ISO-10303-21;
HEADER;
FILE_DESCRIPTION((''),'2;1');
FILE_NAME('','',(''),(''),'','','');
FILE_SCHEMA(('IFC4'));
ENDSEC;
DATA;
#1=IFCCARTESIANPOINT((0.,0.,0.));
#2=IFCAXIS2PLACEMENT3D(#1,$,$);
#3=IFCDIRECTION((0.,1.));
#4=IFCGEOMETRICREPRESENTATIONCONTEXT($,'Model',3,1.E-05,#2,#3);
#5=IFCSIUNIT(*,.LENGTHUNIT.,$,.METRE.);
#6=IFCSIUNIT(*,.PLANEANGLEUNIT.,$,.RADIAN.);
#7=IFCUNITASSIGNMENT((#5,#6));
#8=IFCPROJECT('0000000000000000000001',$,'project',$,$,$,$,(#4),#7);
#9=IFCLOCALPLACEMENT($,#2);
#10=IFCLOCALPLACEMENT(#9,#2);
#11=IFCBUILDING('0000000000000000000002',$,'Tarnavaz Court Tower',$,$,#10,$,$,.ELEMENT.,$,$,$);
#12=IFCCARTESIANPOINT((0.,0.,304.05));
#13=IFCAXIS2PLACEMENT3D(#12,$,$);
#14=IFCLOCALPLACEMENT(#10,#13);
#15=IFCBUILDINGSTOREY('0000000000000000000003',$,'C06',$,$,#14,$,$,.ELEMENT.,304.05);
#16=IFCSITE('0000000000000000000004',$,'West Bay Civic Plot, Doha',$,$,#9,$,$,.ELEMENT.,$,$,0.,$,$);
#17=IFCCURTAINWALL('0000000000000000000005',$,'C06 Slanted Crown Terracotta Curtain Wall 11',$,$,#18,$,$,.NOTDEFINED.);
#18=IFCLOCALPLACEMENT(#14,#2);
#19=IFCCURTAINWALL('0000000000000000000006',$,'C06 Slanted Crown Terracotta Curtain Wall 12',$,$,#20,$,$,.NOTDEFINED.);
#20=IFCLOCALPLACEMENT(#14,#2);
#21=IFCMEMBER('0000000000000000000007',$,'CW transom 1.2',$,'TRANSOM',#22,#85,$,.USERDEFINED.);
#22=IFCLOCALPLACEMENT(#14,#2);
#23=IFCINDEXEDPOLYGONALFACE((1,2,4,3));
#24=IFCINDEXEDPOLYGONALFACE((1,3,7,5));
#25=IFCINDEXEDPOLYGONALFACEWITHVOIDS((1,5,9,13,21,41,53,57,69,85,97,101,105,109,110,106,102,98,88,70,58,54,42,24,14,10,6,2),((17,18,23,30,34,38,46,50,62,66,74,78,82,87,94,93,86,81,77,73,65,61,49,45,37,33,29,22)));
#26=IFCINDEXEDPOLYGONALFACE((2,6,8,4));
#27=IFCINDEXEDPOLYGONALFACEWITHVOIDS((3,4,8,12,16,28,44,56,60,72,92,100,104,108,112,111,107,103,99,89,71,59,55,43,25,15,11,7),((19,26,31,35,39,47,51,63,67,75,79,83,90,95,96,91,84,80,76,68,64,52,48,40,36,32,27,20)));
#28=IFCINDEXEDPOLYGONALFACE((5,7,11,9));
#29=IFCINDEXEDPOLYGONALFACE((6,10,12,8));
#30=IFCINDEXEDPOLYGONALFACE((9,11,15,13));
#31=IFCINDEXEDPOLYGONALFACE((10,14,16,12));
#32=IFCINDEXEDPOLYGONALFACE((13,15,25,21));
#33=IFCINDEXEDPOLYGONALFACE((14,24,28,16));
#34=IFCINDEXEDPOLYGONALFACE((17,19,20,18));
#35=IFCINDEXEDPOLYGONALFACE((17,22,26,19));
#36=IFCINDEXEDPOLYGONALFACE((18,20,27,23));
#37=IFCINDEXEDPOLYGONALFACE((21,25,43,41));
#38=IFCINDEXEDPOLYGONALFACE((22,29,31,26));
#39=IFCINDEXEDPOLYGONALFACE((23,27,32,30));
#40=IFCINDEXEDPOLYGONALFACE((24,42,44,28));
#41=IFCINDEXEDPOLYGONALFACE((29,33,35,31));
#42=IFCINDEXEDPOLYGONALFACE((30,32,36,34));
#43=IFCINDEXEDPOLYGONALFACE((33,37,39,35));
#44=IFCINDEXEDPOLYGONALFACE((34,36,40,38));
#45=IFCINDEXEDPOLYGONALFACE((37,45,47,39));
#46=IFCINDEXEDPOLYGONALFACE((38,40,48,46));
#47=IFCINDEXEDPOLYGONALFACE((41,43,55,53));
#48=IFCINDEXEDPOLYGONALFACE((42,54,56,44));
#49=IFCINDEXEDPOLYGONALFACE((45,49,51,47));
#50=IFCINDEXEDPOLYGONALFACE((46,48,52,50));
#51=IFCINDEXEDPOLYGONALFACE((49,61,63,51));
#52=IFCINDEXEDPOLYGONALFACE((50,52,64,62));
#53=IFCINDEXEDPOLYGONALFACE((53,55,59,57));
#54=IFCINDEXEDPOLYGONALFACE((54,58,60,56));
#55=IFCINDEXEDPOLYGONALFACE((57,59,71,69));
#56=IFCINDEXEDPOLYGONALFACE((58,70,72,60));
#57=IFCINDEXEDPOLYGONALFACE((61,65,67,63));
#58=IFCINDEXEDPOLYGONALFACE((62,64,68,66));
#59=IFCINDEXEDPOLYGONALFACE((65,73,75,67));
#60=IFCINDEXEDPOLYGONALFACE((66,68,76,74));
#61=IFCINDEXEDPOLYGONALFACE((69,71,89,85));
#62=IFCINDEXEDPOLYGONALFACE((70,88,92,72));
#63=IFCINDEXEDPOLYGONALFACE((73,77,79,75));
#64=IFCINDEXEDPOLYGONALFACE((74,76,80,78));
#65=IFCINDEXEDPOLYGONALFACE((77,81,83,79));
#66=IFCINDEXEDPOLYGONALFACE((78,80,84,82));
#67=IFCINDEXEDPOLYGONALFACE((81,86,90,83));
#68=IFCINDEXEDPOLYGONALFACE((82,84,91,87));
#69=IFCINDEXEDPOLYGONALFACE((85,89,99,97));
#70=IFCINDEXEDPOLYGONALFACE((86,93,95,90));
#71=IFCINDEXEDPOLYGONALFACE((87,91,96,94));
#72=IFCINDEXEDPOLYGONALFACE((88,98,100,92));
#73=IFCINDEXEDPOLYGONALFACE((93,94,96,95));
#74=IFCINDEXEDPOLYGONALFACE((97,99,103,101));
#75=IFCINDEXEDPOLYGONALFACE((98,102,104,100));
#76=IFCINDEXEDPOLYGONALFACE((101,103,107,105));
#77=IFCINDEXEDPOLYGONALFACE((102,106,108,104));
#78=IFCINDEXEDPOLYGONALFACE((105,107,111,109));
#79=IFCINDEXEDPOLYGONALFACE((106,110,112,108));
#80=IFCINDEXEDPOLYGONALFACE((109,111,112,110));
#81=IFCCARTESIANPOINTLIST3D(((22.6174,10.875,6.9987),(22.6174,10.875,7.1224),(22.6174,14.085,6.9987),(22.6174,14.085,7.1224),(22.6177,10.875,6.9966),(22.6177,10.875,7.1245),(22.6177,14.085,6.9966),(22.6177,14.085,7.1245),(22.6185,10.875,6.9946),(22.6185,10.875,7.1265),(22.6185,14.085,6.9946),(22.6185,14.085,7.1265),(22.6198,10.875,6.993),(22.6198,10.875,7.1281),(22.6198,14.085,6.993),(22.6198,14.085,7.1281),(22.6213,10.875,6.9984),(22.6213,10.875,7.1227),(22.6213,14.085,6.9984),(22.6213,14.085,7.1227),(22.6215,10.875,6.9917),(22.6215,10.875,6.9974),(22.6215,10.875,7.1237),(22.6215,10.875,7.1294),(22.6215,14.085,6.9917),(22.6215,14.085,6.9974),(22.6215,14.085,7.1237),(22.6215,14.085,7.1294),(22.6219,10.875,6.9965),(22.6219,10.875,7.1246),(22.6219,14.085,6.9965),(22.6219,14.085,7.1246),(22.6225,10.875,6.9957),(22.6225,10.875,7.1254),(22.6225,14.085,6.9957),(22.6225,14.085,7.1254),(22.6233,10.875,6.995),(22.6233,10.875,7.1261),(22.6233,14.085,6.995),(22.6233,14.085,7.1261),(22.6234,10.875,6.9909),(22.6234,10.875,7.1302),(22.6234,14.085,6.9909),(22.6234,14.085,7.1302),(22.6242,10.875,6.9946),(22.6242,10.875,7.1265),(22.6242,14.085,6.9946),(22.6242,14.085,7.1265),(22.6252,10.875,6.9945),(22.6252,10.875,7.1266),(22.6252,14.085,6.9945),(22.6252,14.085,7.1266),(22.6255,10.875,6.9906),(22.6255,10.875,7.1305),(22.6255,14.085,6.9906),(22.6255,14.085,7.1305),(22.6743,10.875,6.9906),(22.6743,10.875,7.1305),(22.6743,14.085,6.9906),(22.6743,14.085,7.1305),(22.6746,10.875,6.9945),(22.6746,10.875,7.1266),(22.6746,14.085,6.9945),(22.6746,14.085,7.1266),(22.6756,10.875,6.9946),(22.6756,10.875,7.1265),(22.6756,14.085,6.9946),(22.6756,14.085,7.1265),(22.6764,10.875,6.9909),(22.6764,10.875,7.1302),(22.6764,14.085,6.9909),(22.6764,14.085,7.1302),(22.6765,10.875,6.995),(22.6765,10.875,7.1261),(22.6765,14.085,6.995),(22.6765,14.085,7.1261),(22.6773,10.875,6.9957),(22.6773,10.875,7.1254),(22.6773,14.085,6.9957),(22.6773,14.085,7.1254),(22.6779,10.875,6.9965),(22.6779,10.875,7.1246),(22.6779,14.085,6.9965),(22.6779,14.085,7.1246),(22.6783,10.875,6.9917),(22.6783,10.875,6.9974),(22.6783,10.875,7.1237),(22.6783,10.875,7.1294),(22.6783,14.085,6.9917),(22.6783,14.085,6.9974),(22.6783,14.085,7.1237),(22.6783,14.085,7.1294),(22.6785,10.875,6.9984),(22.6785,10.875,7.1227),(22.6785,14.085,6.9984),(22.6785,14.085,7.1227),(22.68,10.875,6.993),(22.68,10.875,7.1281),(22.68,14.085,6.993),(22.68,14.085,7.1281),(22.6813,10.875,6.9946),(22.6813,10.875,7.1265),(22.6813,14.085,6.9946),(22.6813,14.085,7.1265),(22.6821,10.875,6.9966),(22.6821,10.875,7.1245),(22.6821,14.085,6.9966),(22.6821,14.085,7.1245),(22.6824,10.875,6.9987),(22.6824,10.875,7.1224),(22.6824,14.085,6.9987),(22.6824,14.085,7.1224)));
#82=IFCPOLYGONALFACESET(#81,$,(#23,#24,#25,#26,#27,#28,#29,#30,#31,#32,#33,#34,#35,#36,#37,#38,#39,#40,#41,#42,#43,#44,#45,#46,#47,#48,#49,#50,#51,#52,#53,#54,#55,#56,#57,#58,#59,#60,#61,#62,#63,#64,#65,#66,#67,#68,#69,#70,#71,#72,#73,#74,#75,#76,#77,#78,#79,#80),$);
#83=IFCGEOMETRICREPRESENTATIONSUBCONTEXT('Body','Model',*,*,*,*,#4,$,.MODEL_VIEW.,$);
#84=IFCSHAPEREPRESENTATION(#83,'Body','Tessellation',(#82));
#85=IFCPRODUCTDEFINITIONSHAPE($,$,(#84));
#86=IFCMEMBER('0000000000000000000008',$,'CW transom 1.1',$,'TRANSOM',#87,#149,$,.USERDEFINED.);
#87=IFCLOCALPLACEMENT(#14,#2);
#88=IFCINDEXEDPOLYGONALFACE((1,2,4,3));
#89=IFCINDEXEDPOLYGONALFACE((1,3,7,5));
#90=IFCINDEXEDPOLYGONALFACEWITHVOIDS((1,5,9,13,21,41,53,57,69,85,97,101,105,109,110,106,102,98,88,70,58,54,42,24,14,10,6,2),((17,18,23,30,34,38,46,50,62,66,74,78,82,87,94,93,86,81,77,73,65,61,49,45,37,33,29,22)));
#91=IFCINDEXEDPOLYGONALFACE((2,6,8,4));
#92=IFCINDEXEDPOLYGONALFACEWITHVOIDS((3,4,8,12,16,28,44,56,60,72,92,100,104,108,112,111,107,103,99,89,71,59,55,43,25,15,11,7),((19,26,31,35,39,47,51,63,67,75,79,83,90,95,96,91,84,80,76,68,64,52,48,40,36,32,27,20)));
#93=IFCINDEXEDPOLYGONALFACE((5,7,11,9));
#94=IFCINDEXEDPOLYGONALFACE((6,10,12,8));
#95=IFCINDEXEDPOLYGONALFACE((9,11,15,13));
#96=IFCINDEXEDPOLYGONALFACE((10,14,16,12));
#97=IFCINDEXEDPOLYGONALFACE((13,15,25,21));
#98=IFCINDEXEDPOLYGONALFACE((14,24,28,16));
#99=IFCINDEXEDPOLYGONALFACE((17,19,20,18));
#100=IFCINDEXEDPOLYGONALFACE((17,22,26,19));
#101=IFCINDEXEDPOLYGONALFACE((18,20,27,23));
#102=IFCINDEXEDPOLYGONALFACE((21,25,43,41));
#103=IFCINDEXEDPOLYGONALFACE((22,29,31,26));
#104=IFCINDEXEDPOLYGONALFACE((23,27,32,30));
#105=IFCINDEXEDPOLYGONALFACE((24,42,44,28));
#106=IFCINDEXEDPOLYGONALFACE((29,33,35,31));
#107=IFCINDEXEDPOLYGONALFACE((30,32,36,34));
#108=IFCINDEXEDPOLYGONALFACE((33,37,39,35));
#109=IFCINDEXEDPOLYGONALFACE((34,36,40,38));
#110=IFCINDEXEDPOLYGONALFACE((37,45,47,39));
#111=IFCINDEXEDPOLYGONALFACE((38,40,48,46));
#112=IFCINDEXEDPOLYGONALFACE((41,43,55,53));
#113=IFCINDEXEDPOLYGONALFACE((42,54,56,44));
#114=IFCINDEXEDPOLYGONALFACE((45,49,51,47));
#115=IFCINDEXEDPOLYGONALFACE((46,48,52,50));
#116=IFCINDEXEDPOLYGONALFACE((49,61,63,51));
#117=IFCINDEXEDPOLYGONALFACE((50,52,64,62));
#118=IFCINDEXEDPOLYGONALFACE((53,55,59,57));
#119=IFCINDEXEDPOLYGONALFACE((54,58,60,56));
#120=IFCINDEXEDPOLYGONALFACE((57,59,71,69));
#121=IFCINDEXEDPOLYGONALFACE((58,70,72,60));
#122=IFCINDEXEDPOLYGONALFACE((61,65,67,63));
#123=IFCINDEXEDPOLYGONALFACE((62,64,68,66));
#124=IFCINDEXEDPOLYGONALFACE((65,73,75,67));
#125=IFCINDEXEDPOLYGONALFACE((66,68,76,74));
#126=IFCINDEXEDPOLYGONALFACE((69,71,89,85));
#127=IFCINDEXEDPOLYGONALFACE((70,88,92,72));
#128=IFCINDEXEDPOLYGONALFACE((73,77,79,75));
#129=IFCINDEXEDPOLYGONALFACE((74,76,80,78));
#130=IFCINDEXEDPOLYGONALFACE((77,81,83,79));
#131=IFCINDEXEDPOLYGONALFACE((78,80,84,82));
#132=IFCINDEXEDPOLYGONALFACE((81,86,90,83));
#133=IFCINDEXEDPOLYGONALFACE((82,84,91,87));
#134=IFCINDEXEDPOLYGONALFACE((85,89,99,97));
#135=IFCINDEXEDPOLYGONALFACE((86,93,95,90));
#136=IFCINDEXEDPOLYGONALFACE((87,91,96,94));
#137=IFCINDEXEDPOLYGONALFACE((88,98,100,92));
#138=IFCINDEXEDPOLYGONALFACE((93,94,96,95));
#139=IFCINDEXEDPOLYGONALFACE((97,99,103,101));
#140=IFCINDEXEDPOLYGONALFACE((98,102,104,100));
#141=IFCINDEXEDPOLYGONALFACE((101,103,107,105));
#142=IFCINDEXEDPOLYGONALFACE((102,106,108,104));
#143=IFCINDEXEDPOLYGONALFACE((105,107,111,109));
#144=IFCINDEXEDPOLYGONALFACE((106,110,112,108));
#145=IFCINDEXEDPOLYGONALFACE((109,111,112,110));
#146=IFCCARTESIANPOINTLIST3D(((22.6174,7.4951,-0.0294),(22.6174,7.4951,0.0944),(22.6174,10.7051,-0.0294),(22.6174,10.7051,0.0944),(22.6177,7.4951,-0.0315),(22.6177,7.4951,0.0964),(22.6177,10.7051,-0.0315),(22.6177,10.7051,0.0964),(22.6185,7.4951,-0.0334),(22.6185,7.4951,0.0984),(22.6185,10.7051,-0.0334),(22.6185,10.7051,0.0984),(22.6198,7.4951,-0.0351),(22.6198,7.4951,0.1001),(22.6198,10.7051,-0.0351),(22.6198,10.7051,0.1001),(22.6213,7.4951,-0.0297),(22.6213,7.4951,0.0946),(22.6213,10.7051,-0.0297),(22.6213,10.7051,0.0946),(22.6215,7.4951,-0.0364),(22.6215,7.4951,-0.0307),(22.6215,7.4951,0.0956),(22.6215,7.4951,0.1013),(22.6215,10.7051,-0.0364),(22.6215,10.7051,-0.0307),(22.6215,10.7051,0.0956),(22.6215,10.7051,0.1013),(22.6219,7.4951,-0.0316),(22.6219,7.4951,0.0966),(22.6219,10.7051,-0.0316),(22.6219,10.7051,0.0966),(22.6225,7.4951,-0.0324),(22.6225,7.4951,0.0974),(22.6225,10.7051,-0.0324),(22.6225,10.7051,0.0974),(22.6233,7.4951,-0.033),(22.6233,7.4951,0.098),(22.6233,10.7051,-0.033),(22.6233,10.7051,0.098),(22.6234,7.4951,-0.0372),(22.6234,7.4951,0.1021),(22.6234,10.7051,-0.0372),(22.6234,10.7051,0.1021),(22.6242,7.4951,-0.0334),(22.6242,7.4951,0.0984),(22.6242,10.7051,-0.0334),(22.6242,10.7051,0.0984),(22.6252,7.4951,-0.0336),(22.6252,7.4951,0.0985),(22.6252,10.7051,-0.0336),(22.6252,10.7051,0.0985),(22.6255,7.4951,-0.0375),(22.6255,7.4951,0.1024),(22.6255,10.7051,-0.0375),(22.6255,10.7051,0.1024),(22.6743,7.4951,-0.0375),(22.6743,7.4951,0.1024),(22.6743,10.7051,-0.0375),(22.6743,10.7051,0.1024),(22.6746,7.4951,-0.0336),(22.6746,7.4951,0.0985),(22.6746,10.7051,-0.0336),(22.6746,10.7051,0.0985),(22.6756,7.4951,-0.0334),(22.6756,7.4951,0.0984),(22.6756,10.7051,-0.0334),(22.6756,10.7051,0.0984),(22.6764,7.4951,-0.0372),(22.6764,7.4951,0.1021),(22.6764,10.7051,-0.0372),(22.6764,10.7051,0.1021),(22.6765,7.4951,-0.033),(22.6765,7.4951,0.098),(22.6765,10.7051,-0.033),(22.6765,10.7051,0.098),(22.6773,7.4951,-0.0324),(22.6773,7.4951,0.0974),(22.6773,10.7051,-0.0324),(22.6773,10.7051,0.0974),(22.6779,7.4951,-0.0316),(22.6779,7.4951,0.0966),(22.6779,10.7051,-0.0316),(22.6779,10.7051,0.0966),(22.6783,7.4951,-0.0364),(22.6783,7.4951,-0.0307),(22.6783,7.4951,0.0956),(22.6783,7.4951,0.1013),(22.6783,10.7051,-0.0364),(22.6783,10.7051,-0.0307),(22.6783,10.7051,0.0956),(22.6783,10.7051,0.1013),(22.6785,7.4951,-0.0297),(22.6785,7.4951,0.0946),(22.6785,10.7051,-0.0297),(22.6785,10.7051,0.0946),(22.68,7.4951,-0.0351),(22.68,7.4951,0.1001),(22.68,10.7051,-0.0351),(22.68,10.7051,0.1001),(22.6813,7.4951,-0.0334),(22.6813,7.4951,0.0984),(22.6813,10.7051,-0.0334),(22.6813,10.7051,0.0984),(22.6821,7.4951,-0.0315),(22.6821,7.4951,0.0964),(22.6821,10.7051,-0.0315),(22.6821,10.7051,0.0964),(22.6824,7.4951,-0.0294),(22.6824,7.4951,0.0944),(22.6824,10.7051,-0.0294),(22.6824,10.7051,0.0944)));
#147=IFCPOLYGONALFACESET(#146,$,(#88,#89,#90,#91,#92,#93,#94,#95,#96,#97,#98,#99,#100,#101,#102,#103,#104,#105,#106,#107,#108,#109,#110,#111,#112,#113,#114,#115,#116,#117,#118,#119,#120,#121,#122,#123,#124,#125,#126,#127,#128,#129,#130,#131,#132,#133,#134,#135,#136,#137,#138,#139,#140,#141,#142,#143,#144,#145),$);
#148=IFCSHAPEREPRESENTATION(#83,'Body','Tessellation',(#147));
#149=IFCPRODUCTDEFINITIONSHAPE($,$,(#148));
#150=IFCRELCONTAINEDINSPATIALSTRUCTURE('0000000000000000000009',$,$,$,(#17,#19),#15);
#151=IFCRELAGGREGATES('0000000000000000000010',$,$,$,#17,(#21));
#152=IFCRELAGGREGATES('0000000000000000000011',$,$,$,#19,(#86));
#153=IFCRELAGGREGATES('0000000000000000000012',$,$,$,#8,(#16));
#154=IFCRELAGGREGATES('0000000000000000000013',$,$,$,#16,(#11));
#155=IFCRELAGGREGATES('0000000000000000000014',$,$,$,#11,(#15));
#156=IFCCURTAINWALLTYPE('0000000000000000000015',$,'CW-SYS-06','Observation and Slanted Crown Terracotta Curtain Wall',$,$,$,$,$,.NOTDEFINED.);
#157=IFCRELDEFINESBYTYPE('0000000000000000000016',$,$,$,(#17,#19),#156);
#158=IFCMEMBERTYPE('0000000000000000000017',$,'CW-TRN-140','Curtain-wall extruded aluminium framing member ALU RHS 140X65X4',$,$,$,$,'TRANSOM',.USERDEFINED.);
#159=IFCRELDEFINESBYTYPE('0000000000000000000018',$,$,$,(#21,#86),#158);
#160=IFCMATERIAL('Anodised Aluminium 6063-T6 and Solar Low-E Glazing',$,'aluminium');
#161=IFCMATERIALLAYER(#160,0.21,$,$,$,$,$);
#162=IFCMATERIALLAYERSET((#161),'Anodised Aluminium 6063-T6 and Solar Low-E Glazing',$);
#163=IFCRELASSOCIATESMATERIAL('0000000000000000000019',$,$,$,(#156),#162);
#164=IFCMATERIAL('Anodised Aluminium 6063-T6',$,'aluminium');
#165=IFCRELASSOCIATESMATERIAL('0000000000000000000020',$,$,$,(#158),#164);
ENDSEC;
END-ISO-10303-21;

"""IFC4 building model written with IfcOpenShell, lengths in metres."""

from ifc_helpers import new_model, si_unit, direction, frame, origin, origin_2d, place, context, subcontext, project, spatial, hollow_rectangle, extrude, material, layer, layer_set, material_profile, profile_set, type_object, element, aggregate, save


model = new_model("IFC4")

# Units and contexts
model_context = context("Model", 3, precision=1e-05, world=origin(), true_north=direction((0.0, 1.0)))
body_context = subcontext(model_context, "Body", "Model", "MODEL_VIEW")
ifc_project = project(units=[si_unit("LENGTHUNIT", "METRE"), si_unit("PLANEANGLEUNIT", "RADIAN")], contexts=[model_context])

# Site, building, storey
site_placement = place(None, origin())
site = spatial("IfcSite", under=ifc_project, at=site_placement, Name="West Bay Civic Plot, Doha", CompositionType="ELEMENT", RefElevation=0.0)
building_placement = place(site_placement, origin())
building = spatial("IfcBuilding", under=site, at=building_placement, Name="Tarnavaz Court Tower", CompositionType="ELEMENT")
storey_placement = place(building_placement, frame((0.0, 0.0, 304.05)))
storey = spatial("IfcBuildingStorey", under=building, at=storey_placement, Name="C06", CompositionType="ELEMENT", Elevation=304.05)

# Curtain walls
ifc_material_1 = material(Name="Anodised Aluminium 6063-T6 and Solar Low-E Glazing", Category="aluminium")
ifc_layer_1 = layer(ifc_material_1, 0.21)
ifc_layer_set_1 = layer_set([ifc_layer_1], Name="Anodised Aluminium 6063-T6 and Solar Low-E Glazing")
curtain_wall_type = type_object("IfcCurtainWallType", Name="CW-SYS-06", Description="Observation and Slanted Crown Terracotta Curtain Wall", PredefinedType="NOTDEFINED", material=ifc_layer_set_1)
ifc_material_2 = material(Name="Anodised Aluminium 6063-T6", Category="aluminium")
curtain_wall_1_placement = place(storey_placement, origin())
curtain_wall_1 = element("IfcCurtainWall", 1, at=curtain_wall_1_placement, inside=storey, type_object=curtain_wall_type, Name="C06 Slanted Crown Terracotta Curtain Wall 11", PredefinedType="NOTDEFINED")
curtain_wall_2_placement = place(storey_placement, origin())
curtain_wall_2 = element("IfcCurtainWall", 2, at=curtain_wall_2_placement, inside=storey, type_object=curtain_wall_type, Name="C06 Slanted Crown Terracotta Curtain Wall 12", PredefinedType="NOTDEFINED")

# Members
ifc_material_profile_1 = material_profile(ifc_material_2, hollow_rectangle(XDim=0.0649, YDim=0.1399, WallThickness=0.0039, InnerFilletRadius=0.0039, OuterFilletRadius=0.0081, at=origin_2d()), Name="ALU RHS 140X65X4")
ifc_profile_set_1 = profile_set([ifc_material_profile_1], Name="Anodised Aluminium 6063-T6")
member_type_1 = type_object("IfcMemberType", Name="CW-TRN-140", Description="Curtain-wall extruded aluminium framing member ALU RHS 140X65X4", ElementType="TRANSOM", PredefinedType="USERDEFINED", material=ifc_profile_set_1)
member_1_placement = place(storey_placement, frame((22.6499, 14.085, 7.0605), z_axis=(0.0, -1.0, 0.0), x_axis=(1.0, 0.0, 0.0)))
member_1 = element("IfcMember", 3, at=member_1_placement, type_object=member_type_1, Name="CW transom 1.2", ObjectType="TRANSOM", PredefinedType="USERDEFINED", context=body_context, shape_type="SweptSolid", body=[
    extrude(hollow_rectangle(XDim=0.0649, YDim=0.1399, WallThickness=0.0039, InnerFilletRadius=0.0039, OuterFilletRadius=0.0081, at=origin_2d()), origin(), (0.0, 0.0, 1.0), 3.21),
])
member_2_placement = place(storey_placement, frame((22.6499, 10.7051, 0.0325), z_axis=(0.0, -1.0, 0.0), x_axis=(1.0, 0.0, 0.0)))
member_2 = element("IfcMember", 4, at=member_2_placement, type_object=member_type_1, Name="CW transom 1.1", ObjectType="TRANSOM", PredefinedType="USERDEFINED", context=body_context, shape_type="SweptSolid", body=[
    extrude(hollow_rectangle(XDim=0.0649, YDim=0.1399, WallThickness=0.0039, InnerFilletRadius=0.0039, OuterFilletRadius=0.0081, at=origin_2d()), origin(), (0.0, 0.0, 1.0), 3.21),
])

aggregate(curtain_wall_1, [member_1])
aggregate(curtain_wall_2, [member_2])

save(model, "model.ifc")
